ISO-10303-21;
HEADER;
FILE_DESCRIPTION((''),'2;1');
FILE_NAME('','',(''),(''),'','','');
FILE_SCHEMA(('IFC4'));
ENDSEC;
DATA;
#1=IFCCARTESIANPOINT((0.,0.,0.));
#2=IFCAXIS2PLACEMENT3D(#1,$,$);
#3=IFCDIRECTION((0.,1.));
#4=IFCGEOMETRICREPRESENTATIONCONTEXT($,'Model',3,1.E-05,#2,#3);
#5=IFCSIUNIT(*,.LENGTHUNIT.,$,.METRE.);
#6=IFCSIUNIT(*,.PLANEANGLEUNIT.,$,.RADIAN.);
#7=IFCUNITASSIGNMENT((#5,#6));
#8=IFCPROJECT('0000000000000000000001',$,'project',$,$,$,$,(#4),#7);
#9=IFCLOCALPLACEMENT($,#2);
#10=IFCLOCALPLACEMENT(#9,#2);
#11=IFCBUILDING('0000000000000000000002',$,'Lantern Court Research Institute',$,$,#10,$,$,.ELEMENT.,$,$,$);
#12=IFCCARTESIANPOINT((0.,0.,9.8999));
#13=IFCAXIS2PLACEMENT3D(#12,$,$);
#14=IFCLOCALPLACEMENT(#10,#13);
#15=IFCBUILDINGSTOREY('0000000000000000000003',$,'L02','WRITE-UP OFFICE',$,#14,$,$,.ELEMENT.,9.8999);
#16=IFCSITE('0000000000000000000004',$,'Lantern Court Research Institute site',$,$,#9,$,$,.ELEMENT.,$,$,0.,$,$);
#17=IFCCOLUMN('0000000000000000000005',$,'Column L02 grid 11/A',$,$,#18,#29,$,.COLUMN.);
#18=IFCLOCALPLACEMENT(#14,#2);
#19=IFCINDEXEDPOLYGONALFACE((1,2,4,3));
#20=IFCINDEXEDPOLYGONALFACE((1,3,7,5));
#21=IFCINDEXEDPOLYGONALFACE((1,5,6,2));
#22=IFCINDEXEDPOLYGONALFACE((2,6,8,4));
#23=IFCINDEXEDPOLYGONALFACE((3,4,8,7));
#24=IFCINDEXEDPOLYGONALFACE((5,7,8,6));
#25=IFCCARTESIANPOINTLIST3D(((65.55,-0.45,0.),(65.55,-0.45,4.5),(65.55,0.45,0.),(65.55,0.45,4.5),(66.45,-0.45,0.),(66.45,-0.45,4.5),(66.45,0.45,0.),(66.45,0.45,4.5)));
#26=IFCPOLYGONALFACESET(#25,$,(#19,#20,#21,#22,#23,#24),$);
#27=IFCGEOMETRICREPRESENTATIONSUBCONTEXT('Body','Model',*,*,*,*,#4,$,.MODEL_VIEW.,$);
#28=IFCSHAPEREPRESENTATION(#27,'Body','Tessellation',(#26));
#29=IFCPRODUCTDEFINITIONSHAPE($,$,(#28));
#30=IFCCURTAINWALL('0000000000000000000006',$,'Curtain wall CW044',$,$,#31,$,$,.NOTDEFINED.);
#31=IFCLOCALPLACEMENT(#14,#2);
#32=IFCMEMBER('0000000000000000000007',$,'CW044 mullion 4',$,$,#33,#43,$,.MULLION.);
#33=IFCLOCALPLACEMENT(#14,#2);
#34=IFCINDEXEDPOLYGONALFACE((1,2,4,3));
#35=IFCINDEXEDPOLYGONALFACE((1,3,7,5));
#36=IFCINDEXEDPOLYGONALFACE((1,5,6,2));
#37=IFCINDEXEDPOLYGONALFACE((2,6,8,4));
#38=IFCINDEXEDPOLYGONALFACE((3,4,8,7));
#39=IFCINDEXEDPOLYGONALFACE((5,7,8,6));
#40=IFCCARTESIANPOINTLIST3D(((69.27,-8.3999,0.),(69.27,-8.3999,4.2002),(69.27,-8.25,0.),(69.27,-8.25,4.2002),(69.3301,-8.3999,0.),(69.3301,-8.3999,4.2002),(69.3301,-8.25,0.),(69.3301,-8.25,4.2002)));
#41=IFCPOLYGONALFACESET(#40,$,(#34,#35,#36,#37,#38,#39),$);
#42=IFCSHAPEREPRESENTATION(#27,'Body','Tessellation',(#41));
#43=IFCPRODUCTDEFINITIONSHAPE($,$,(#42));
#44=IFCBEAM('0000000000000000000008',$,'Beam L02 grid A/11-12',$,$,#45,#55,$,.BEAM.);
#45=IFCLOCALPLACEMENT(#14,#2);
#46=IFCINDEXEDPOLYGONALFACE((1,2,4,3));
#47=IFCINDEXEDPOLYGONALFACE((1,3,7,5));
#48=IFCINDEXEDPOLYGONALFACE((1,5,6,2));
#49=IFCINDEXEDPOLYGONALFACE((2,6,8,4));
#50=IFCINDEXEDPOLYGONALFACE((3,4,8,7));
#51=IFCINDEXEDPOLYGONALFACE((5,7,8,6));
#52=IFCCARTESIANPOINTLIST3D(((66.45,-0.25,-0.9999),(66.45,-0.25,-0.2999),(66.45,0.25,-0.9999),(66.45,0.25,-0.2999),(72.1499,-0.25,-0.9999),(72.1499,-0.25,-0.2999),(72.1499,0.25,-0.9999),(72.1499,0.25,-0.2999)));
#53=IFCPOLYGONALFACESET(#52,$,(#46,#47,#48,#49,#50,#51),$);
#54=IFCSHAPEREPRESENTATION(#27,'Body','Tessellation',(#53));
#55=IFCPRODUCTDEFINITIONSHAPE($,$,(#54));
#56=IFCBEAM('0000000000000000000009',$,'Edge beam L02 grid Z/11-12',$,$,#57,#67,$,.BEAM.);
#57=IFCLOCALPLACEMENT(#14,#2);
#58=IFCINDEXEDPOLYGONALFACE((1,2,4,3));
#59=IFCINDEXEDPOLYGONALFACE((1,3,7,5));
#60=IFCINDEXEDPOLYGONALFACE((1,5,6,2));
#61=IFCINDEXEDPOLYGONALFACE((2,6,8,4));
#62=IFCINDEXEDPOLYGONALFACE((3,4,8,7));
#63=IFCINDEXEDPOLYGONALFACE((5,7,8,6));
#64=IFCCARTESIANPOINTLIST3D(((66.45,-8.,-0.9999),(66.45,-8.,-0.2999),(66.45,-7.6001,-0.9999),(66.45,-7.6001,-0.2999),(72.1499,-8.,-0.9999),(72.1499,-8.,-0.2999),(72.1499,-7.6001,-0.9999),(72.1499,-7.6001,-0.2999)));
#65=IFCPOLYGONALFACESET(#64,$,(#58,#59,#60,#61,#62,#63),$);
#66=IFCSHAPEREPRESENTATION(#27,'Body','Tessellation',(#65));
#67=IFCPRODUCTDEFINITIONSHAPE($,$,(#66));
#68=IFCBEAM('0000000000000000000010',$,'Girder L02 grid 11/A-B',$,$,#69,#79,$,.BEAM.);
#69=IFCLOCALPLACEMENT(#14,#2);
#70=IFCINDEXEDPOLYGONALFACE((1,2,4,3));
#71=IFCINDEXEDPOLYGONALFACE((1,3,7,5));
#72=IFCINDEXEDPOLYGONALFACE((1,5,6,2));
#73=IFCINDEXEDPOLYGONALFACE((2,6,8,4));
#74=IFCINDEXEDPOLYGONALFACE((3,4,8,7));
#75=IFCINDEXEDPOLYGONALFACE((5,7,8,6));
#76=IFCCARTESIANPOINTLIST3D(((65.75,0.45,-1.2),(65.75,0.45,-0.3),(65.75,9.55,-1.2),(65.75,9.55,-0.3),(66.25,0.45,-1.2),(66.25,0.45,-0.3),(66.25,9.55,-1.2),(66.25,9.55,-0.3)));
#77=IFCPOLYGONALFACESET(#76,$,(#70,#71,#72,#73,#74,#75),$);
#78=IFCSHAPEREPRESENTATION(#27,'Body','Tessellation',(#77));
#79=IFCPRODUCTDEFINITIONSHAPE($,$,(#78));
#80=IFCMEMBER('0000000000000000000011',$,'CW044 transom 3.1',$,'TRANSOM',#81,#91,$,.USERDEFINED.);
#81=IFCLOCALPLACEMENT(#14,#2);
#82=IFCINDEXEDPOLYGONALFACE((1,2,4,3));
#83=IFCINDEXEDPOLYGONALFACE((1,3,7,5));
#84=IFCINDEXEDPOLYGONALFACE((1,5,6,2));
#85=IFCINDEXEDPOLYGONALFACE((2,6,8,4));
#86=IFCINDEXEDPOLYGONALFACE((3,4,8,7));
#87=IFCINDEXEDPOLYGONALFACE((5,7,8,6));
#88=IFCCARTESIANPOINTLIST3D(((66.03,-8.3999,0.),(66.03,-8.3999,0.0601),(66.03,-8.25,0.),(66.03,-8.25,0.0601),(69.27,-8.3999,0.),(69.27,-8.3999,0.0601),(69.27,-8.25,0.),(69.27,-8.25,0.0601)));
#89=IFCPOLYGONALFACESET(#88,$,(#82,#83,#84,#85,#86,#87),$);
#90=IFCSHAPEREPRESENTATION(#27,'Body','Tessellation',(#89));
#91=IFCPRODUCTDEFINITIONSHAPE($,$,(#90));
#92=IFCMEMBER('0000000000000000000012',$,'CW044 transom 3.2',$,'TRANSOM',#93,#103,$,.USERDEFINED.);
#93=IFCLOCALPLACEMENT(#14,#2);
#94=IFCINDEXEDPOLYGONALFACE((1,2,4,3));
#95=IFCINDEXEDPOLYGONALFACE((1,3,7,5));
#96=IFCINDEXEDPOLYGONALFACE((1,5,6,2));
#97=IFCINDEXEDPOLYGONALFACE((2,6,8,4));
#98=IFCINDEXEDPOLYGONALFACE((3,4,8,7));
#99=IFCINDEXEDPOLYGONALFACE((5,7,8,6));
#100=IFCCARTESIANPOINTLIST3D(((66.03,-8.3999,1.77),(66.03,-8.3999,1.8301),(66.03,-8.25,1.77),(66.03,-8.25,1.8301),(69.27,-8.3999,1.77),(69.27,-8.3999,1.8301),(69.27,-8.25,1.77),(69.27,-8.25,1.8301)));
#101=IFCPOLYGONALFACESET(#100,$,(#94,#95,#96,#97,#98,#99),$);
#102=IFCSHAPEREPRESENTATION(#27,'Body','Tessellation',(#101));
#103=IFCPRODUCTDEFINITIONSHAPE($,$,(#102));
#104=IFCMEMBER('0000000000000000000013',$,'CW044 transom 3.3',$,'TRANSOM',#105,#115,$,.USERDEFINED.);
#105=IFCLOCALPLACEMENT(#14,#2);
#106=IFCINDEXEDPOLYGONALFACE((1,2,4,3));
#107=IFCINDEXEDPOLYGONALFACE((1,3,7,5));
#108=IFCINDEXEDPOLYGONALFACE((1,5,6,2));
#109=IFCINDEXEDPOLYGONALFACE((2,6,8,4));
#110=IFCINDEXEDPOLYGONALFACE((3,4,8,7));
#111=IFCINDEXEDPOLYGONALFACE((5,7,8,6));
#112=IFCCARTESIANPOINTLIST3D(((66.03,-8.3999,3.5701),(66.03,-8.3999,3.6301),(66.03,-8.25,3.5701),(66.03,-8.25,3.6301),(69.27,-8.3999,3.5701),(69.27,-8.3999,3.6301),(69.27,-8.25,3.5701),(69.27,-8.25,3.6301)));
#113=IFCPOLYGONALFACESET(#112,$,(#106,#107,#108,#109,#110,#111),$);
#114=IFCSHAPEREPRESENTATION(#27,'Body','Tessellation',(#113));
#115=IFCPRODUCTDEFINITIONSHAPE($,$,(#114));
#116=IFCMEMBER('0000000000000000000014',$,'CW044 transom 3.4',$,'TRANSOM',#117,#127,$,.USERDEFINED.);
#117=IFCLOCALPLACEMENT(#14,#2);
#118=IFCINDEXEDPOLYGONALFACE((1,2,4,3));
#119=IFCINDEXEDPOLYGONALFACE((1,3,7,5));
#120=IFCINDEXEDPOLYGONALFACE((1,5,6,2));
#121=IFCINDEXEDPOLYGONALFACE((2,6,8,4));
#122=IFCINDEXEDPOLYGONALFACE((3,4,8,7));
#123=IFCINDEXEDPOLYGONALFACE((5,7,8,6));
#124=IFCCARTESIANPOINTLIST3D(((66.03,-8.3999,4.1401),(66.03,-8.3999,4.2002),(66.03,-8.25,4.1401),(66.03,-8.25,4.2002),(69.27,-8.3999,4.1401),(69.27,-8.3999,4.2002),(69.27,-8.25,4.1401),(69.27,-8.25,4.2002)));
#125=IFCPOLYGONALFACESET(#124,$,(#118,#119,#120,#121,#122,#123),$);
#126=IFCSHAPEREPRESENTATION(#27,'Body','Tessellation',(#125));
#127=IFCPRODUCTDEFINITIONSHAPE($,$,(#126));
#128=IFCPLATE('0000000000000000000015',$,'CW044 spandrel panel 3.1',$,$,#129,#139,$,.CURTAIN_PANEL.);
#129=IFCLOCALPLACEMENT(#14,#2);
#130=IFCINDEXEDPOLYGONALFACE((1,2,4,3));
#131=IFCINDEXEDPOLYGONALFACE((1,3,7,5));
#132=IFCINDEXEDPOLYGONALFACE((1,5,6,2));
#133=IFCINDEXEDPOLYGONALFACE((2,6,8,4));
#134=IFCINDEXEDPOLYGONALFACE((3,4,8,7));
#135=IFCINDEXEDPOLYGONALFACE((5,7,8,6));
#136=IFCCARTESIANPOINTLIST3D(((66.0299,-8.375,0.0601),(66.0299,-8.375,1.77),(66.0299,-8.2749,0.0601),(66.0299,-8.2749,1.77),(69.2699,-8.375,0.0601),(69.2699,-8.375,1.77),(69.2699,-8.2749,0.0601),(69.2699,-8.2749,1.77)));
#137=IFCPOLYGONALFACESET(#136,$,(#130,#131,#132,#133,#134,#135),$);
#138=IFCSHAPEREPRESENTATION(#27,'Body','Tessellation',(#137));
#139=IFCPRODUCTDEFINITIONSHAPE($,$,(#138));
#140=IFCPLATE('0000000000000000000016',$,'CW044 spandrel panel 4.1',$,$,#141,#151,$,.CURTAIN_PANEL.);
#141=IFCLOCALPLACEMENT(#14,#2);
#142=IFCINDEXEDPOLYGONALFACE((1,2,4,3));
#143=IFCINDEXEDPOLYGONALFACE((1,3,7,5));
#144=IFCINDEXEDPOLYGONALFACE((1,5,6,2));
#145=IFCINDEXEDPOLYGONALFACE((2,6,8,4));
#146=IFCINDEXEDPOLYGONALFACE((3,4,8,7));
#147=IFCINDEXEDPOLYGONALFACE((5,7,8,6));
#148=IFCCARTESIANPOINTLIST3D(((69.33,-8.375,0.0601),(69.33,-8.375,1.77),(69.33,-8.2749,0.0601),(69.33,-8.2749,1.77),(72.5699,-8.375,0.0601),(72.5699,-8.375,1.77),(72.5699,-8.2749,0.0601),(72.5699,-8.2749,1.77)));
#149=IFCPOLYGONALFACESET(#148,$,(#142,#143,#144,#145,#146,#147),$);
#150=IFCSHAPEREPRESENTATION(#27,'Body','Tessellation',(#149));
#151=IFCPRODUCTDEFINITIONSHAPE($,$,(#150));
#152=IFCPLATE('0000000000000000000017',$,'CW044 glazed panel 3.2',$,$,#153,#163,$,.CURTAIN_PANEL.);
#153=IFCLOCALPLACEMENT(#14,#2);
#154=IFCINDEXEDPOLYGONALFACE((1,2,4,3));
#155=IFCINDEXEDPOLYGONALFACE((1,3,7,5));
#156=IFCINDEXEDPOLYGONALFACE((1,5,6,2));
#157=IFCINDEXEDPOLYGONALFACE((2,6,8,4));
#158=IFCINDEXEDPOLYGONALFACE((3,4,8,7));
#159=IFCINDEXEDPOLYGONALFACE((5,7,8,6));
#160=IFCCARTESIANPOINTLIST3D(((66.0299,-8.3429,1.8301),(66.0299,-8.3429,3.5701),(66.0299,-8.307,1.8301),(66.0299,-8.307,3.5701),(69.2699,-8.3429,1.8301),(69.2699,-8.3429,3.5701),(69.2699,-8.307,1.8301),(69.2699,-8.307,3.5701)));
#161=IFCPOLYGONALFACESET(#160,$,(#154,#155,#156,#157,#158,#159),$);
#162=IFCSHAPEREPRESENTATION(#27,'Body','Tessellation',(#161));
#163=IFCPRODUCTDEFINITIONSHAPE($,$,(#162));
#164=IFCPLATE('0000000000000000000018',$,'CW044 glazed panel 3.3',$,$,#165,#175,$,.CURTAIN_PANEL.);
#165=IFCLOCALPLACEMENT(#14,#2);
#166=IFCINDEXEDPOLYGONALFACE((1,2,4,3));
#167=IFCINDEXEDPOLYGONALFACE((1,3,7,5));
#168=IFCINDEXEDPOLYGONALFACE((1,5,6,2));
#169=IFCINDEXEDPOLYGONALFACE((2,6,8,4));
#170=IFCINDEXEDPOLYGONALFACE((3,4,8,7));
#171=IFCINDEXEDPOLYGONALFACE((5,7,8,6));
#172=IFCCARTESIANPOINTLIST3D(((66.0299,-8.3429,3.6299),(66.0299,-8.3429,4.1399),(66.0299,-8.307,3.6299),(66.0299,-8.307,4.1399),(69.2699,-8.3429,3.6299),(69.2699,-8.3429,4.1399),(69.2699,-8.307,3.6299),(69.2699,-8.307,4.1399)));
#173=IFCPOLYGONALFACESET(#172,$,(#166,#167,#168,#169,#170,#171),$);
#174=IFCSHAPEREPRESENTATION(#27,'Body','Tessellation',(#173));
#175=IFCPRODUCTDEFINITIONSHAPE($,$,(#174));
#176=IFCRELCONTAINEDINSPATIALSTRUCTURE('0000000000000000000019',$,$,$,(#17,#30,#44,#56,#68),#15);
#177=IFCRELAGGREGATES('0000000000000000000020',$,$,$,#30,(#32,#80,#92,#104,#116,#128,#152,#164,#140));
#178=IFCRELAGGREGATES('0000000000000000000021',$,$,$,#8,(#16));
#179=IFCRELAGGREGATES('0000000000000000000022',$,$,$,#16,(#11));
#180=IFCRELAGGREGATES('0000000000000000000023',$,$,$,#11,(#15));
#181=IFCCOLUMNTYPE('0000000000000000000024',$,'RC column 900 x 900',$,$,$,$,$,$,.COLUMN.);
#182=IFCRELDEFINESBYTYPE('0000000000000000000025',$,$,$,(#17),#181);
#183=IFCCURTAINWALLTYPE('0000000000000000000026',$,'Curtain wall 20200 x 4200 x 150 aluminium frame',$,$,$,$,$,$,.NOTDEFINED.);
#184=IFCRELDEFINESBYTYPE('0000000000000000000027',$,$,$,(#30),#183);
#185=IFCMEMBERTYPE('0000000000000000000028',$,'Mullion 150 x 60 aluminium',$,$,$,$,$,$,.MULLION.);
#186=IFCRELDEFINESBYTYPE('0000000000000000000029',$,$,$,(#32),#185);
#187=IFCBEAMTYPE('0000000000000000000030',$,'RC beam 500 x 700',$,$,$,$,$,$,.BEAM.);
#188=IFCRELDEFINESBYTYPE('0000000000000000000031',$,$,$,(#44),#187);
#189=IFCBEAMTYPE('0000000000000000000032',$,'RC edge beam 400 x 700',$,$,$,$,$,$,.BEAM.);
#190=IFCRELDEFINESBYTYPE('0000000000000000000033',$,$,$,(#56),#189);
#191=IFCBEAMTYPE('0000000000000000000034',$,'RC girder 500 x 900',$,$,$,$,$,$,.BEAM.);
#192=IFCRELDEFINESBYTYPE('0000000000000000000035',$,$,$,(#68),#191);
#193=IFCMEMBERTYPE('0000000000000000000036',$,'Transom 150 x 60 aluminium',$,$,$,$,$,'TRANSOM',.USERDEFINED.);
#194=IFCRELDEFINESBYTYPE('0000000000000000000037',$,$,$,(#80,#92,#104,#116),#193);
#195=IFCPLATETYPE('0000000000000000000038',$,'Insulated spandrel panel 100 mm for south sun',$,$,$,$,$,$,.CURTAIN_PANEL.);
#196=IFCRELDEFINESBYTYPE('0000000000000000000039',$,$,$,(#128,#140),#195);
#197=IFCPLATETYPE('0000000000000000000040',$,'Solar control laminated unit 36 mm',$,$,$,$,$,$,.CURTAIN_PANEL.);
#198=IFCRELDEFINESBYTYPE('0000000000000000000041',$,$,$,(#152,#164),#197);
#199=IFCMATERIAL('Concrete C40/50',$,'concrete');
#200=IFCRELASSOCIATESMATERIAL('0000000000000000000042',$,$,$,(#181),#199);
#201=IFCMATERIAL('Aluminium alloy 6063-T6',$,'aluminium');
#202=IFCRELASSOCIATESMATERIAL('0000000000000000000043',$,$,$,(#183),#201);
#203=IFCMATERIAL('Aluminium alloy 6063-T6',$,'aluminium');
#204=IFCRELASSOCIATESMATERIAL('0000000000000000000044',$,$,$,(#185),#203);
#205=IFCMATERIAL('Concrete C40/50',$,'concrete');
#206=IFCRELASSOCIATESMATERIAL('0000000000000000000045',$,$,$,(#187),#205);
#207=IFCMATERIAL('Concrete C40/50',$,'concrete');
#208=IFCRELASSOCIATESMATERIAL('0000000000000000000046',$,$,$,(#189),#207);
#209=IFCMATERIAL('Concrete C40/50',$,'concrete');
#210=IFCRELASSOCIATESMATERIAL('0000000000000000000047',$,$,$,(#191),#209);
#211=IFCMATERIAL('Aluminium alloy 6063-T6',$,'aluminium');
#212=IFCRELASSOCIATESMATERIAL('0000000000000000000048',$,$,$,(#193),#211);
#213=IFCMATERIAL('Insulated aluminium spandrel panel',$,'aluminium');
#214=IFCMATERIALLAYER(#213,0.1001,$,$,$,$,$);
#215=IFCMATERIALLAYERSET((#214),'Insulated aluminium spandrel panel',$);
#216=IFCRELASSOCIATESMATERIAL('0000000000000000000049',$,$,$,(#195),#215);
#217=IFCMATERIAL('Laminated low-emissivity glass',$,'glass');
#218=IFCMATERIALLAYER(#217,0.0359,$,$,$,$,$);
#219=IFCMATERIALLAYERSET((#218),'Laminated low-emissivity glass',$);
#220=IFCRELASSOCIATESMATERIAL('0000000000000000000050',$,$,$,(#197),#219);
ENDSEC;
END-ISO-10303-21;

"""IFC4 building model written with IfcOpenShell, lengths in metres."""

from ifc_helpers import new_model, si_unit, direction, frame, origin, origin_2d, place, context, subcontext, project, spatial, rectangle, extrude, material, layer, layer_set, material_profile, profile_set, type_object, element, aggregate, save


model = new_model("IFC4")

# Units and contexts
model_context = context("Model", 3, precision=1e-05, world=origin(), true_north=direction((0.0, 1.0)))
body_context = subcontext(model_context, "Body", "Model", "MODEL_VIEW")
ifc_project = project(units=[si_unit("LENGTHUNIT", "METRE"), si_unit("PLANEANGLEUNIT", "RADIAN")], contexts=[model_context])

# Site, building, storey
site_placement = place(None, origin())
site = spatial("IfcSite", under=ifc_project, at=site_placement, Name="Lantern Court Research Institute site", CompositionType="ELEMENT", RefElevation=0.0)
building_placement = place(site_placement, origin())
building = spatial("IfcBuilding", under=site, at=building_placement, Name="Lantern Court Research Institute", CompositionType="ELEMENT")
storey_placement = place(building_placement, frame((0.0, 0.0, 9.8999)))
storey = spatial("IfcBuildingStorey", under=building, at=storey_placement, Name="L02", Description="WRITE-UP OFFICE", CompositionType="ELEMENT", Elevation=9.8999)

# Column
ifc_material_1 = material(Name="Concrete C40/50", Category="concrete")
ifc_material_profile_1 = material_profile(ifc_material_1, rectangle(XDim=0.8999, YDim=0.8999, at=origin_2d()), Name="RC column 900 x 900")
ifc_profile_set_1 = profile_set([ifc_material_profile_1], Name="Concrete C40/50")
column_type = type_object("IfcColumnType", Name="RC column 900 x 900", PredefinedType="COLUMN", material=ifc_profile_set_1)
column_placement = place(storey_placement, frame((66.0, 0.0, 0.0), z_axis=(0.0, 0.0, 1.0), x_axis=(1.0, 0.0, 0.0)))
element("IfcColumn", 1, at=column_placement, inside=storey, type_object=column_type, Name="Column L02 grid 11/A", PredefinedType="COLUMN", context=body_context, shape_type="SweptSolid", body=[
    extrude(rectangle(XDim=0.8999, YDim=0.8999, at=origin_2d()), origin(), (0.0, 0.0, 1.0), 4.5),
])

# Curtain wall, member
ifc_material_2 = material(Name="Aluminium alloy 6063-T6", Category="aluminium")
curtain_wall_type = type_object("IfcCurtainWallType", Name="Curtain wall 20200 x 4200 x 150 aluminium frame", PredefinedType="NOTDEFINED", material=ifc_material_2)
curtain_wall_placement = place(storey_placement, origin())
curtain_wall = element("IfcCurtainWall", 2, at=curtain_wall_placement, inside=storey, type_object=curtain_wall_type, Name="Curtain wall CW044", PredefinedType="NOTDEFINED")
ifc_material_3 = material(Name="Aluminium alloy 6063-T6", Category="aluminium")
ifc_material_profile_2 = material_profile(ifc_material_3, rectangle(XDim=0.1499, YDim=0.0601, at=origin_2d()), Name="Mullion 150 x 60")
ifc_profile_set_2 = profile_set([ifc_material_profile_2], Name="Aluminium alloy 6063-T6")
member_type_1 = type_object("IfcMemberType", Name="Mullion 150 x 60 aluminium", PredefinedType="MULLION", material=ifc_profile_set_2)
member_1_placement = place(storey_placement, frame((69.3, -8.325, 0.0), z_axis=(0.0, 0.0, 1.0), x_axis=(0.0, -1.0, 0.0)))
member_1 = element("IfcMember", 3, at=member_1_placement, type_object=member_type_1, Name="CW044 mullion 4", PredefinedType="MULLION", context=body_context, shape_type="SweptSolid", body=[
    extrude(rectangle(XDim=0.1499, YDim=0.0601, at=origin_2d()), origin(), (0.0, 0.0, 1.0), 4.2002),
])

# Beams
ifc_material_4 = material(Name="Concrete C40/50", Category="concrete")
ifc_material_profile_3 = material_profile(ifc_material_4, rectangle(XDim=0.5, YDim=0.7, at=origin_2d()), Name="RC beam 500 x 700")
ifc_profile_set_3 = profile_set([ifc_material_profile_3], Name="Concrete C40/50")
beam_type_1 = type_object("IfcBeamType", Name="RC beam 500 x 700", PredefinedType="BEAM", material=ifc_profile_set_3)
beam_1_placement = place(storey_placement, frame((66.45, 0.0, -0.6499), z_axis=(1.0, 0.0, 0.0), x_axis=(0.0, 1.0, 0.0)))
element("IfcBeam", 4, at=beam_1_placement, inside=storey, type_object=beam_type_1, Name="Beam L02 grid A/11-12", PredefinedType="BEAM", context=body_context, shape_type="SweptSolid", body=[
    extrude(rectangle(XDim=0.5, YDim=0.7, at=origin_2d()), origin(), (0.0, 0.0, 1.0), 5.7),
])
ifc_material_5 = material(Name="Concrete C40/50", Category="concrete")
ifc_material_profile_4 = material_profile(ifc_material_5, rectangle(XDim=0.3999, YDim=0.7, at=origin_2d()), Name="RC beam 400 x 700")
ifc_profile_set_4 = profile_set([ifc_material_profile_4], Name="Concrete C40/50")
beam_type_2 = type_object("IfcBeamType", Name="RC edge beam 400 x 700", PredefinedType="BEAM", material=ifc_profile_set_4)
beam_2_placement = place(storey_placement, frame((66.45, -7.8, -0.6499), z_axis=(1.0, 0.0, 0.0), x_axis=(0.0, 1.0, 0.0)))
element("IfcBeam", 5, at=beam_2_placement, inside=storey, type_object=beam_type_2, Name="Edge beam L02 grid Z/11-12", PredefinedType="BEAM", context=body_context, shape_type="SweptSolid", body=[
    extrude(rectangle(XDim=0.3999, YDim=0.7, at=origin_2d()), origin(), (0.0, 0.0, 1.0), 5.7),
])
ifc_material_6 = material(Name="Concrete C40/50", Category="concrete")
ifc_material_profile_5 = material_profile(ifc_material_6, rectangle(XDim=0.5, YDim=0.8999, at=origin_2d()), Name="RC beam 500 x 900")
ifc_profile_set_5 = profile_set([ifc_material_profile_5], Name="Concrete C40/50")
beam_type_3 = type_object("IfcBeamType", Name="RC girder 500 x 900", PredefinedType="BEAM", material=ifc_profile_set_5)
beam_3_placement = place(storey_placement, frame((66.0, 0.45, -0.75), z_axis=(0.0, 1.0, 0.0), x_axis=(-1.0, 0.0, 0.0)))
element("IfcBeam", 6, at=beam_3_placement, inside=storey, type_object=beam_type_3, Name="Girder L02 grid 11/A-B", PredefinedType="BEAM", context=body_context, shape_type="SweptSolid", body=[
    extrude(rectangle(XDim=0.5, YDim=0.8999, at=origin_2d()), origin(), (0.0, 0.0, 1.0), 9.1001),
])

# Members
ifc_material_7 = material(Name="Aluminium alloy 6063-T6", Category="aluminium")
ifc_material_profile_6 = material_profile(ifc_material_7, rectangle(XDim=0.1499, YDim=0.0601, at=origin_2d()), Name="Transom 150 x 60")
ifc_profile_set_6 = profile_set([ifc_material_profile_6], Name="Aluminium alloy 6063-T6")
member_type_2 = type_object("IfcMemberType", Name="Transom 150 x 60 aluminium", ElementType="TRANSOM", PredefinedType="USERDEFINED", material=ifc_profile_set_6)
member_2_placement = place(storey_placement, frame((69.27, -8.325, 0.03), z_axis=(-1.0, 0.0, 0.0), x_axis=(0.0, -1.0, 0.0)))
member_2 = element("IfcMember", 7, at=member_2_placement, type_object=member_type_2, Name="CW044 transom 3.1", ObjectType="TRANSOM", PredefinedType="USERDEFINED", context=body_context, shape_type="SweptSolid", body=[
    extrude(rectangle(XDim=0.1499, YDim=0.0601, at=origin_2d()), origin(), (0.0, 0.0, 1.0), 3.24),
])
member_3_placement = place(storey_placement, frame((69.27, -8.325, 1.8), z_axis=(-1.0, 0.0, 0.0), x_axis=(0.0, -1.0, 0.0)))
member_3 = element("IfcMember", 8, at=member_3_placement, type_object=member_type_2, Name="CW044 transom 3.2", ObjectType="TRANSOM", PredefinedType="USERDEFINED", context=body_context, shape_type="SweptSolid", body=[
    extrude(rectangle(XDim=0.1499, YDim=0.0601, at=origin_2d()), origin(), (0.0, 0.0, 1.0), 3.24),
])
member_4_placement = place(storey_placement, frame((69.27, -8.325, 3.6001), z_axis=(-1.0, 0.0, 0.0), x_axis=(0.0, -1.0, 0.0)))
member_4 = element("IfcMember", 9, at=member_4_placement, type_object=member_type_2, Name="CW044 transom 3.3", ObjectType="TRANSOM", PredefinedType="USERDEFINED", context=body_context, shape_type="SweptSolid", body=[
    extrude(rectangle(XDim=0.1499, YDim=0.0601, at=origin_2d()), origin(), (0.0, 0.0, 1.0), 3.24),
])
member_5_placement = place(storey_placement, frame((69.27, -8.325, 4.1702), z_axis=(-1.0, 0.0, 0.0), x_axis=(0.0, -1.0, 0.0)))
member_5 = element("IfcMember", 10, at=member_5_placement, type_object=member_type_2, Name="CW044 transom 3.4", ObjectType="TRANSOM", PredefinedType="USERDEFINED", context=body_context, shape_type="SweptSolid", body=[
    extrude(rectangle(XDim=0.1499, YDim=0.0601, at=origin_2d()), origin(), (0.0, 0.0, 1.0), 3.24),
])

# Plates
ifc_material_8 = material(Name="Insulated aluminium spandrel panel", Category="aluminium")
ifc_layer_1 = layer(ifc_material_8, 0.1001)
ifc_layer_set_1 = layer_set([ifc_layer_1], Name="Insulated aluminium spandrel panel")
plate_type_1 = type_object("IfcPlateType", Name="Insulated spandrel panel 100 mm for south sun", PredefinedType="CURTAIN_PANEL", material=ifc_layer_set_1)
plate_1_placement = place(storey_placement, frame((67.6499, -8.325, 0.0601), z_axis=(0.0, 0.0, 1.0), x_axis=(-1.0, 0.0, 0.0)))
plate_1 = element("IfcPlate", 11, at=plate_1_placement, type_object=plate_type_1, Name="CW044 spandrel panel 3.1", PredefinedType="CURTAIN_PANEL", context=body_context, shape_type="SweptSolid", body=[
    extrude(rectangle(XDim=3.24, YDim=0.1001, at=origin_2d()), origin(), (0.0, 0.0, 1.0), 1.71),
])
plate_2_placement = place(storey_placement, frame((70.95, -8.325, 0.0601), z_axis=(0.0, 0.0, 1.0), x_axis=(-1.0, 0.0, 0.0)))
plate_2 = element("IfcPlate", 12, at=plate_2_placement, type_object=plate_type_1, Name="CW044 spandrel panel 4.1", PredefinedType="CURTAIN_PANEL", context=body_context, shape_type="SweptSolid", body=[
    extrude(rectangle(XDim=3.24, YDim=0.1001, at=origin_2d()), origin(), (0.0, 0.0, 1.0), 1.71),
])
ifc_material_9 = material(Name="Laminated low-emissivity glass", Category="glass")
ifc_layer_2 = layer(ifc_material_9, 0.0359)
ifc_layer_set_2 = layer_set([ifc_layer_2], Name="Laminated low-emissivity glass")
plate_type_2 = type_object("IfcPlateType", Name="Solar control laminated unit 36 mm", PredefinedType="CURTAIN_PANEL", material=ifc_layer_set_2)
plate_3_placement = place(storey_placement, frame((67.6499, -8.325, 1.8301), z_axis=(0.0, 0.0, 1.0), x_axis=(-1.0, 0.0, 0.0)))
plate_3 = element("IfcPlate", 13, at=plate_3_placement, type_object=plate_type_2, Name="CW044 glazed panel 3.2", PredefinedType="CURTAIN_PANEL", context=body_context, shape_type="SweptSolid", body=[
    extrude(rectangle(XDim=3.24, YDim=0.0359, at=origin_2d()), origin(), (0.0, 0.0, 1.0), 1.74),
])
plate_4_placement = place(storey_placement, frame((67.6499, -8.325, 3.6299), z_axis=(0.0, 0.0, 1.0), x_axis=(-1.0, 0.0, 0.0)))
plate_4 = element("IfcPlate", 14, at=plate_4_placement, type_object=plate_type_2, Name="CW044 glazed panel 3.3", PredefinedType="CURTAIN_PANEL", context=body_context, shape_type="SweptSolid", body=[
    extrude(rectangle(XDim=3.24, YDim=0.0359, at=origin_2d()), origin(), (0.0, 0.0, 1.0), 0.51),
])
aggregate(curtain_wall, [member_1, member_2, member_3, member_4, member_5, plate_1, plate_3, plate_4, plate_2])

save(model, "model.ifc")
